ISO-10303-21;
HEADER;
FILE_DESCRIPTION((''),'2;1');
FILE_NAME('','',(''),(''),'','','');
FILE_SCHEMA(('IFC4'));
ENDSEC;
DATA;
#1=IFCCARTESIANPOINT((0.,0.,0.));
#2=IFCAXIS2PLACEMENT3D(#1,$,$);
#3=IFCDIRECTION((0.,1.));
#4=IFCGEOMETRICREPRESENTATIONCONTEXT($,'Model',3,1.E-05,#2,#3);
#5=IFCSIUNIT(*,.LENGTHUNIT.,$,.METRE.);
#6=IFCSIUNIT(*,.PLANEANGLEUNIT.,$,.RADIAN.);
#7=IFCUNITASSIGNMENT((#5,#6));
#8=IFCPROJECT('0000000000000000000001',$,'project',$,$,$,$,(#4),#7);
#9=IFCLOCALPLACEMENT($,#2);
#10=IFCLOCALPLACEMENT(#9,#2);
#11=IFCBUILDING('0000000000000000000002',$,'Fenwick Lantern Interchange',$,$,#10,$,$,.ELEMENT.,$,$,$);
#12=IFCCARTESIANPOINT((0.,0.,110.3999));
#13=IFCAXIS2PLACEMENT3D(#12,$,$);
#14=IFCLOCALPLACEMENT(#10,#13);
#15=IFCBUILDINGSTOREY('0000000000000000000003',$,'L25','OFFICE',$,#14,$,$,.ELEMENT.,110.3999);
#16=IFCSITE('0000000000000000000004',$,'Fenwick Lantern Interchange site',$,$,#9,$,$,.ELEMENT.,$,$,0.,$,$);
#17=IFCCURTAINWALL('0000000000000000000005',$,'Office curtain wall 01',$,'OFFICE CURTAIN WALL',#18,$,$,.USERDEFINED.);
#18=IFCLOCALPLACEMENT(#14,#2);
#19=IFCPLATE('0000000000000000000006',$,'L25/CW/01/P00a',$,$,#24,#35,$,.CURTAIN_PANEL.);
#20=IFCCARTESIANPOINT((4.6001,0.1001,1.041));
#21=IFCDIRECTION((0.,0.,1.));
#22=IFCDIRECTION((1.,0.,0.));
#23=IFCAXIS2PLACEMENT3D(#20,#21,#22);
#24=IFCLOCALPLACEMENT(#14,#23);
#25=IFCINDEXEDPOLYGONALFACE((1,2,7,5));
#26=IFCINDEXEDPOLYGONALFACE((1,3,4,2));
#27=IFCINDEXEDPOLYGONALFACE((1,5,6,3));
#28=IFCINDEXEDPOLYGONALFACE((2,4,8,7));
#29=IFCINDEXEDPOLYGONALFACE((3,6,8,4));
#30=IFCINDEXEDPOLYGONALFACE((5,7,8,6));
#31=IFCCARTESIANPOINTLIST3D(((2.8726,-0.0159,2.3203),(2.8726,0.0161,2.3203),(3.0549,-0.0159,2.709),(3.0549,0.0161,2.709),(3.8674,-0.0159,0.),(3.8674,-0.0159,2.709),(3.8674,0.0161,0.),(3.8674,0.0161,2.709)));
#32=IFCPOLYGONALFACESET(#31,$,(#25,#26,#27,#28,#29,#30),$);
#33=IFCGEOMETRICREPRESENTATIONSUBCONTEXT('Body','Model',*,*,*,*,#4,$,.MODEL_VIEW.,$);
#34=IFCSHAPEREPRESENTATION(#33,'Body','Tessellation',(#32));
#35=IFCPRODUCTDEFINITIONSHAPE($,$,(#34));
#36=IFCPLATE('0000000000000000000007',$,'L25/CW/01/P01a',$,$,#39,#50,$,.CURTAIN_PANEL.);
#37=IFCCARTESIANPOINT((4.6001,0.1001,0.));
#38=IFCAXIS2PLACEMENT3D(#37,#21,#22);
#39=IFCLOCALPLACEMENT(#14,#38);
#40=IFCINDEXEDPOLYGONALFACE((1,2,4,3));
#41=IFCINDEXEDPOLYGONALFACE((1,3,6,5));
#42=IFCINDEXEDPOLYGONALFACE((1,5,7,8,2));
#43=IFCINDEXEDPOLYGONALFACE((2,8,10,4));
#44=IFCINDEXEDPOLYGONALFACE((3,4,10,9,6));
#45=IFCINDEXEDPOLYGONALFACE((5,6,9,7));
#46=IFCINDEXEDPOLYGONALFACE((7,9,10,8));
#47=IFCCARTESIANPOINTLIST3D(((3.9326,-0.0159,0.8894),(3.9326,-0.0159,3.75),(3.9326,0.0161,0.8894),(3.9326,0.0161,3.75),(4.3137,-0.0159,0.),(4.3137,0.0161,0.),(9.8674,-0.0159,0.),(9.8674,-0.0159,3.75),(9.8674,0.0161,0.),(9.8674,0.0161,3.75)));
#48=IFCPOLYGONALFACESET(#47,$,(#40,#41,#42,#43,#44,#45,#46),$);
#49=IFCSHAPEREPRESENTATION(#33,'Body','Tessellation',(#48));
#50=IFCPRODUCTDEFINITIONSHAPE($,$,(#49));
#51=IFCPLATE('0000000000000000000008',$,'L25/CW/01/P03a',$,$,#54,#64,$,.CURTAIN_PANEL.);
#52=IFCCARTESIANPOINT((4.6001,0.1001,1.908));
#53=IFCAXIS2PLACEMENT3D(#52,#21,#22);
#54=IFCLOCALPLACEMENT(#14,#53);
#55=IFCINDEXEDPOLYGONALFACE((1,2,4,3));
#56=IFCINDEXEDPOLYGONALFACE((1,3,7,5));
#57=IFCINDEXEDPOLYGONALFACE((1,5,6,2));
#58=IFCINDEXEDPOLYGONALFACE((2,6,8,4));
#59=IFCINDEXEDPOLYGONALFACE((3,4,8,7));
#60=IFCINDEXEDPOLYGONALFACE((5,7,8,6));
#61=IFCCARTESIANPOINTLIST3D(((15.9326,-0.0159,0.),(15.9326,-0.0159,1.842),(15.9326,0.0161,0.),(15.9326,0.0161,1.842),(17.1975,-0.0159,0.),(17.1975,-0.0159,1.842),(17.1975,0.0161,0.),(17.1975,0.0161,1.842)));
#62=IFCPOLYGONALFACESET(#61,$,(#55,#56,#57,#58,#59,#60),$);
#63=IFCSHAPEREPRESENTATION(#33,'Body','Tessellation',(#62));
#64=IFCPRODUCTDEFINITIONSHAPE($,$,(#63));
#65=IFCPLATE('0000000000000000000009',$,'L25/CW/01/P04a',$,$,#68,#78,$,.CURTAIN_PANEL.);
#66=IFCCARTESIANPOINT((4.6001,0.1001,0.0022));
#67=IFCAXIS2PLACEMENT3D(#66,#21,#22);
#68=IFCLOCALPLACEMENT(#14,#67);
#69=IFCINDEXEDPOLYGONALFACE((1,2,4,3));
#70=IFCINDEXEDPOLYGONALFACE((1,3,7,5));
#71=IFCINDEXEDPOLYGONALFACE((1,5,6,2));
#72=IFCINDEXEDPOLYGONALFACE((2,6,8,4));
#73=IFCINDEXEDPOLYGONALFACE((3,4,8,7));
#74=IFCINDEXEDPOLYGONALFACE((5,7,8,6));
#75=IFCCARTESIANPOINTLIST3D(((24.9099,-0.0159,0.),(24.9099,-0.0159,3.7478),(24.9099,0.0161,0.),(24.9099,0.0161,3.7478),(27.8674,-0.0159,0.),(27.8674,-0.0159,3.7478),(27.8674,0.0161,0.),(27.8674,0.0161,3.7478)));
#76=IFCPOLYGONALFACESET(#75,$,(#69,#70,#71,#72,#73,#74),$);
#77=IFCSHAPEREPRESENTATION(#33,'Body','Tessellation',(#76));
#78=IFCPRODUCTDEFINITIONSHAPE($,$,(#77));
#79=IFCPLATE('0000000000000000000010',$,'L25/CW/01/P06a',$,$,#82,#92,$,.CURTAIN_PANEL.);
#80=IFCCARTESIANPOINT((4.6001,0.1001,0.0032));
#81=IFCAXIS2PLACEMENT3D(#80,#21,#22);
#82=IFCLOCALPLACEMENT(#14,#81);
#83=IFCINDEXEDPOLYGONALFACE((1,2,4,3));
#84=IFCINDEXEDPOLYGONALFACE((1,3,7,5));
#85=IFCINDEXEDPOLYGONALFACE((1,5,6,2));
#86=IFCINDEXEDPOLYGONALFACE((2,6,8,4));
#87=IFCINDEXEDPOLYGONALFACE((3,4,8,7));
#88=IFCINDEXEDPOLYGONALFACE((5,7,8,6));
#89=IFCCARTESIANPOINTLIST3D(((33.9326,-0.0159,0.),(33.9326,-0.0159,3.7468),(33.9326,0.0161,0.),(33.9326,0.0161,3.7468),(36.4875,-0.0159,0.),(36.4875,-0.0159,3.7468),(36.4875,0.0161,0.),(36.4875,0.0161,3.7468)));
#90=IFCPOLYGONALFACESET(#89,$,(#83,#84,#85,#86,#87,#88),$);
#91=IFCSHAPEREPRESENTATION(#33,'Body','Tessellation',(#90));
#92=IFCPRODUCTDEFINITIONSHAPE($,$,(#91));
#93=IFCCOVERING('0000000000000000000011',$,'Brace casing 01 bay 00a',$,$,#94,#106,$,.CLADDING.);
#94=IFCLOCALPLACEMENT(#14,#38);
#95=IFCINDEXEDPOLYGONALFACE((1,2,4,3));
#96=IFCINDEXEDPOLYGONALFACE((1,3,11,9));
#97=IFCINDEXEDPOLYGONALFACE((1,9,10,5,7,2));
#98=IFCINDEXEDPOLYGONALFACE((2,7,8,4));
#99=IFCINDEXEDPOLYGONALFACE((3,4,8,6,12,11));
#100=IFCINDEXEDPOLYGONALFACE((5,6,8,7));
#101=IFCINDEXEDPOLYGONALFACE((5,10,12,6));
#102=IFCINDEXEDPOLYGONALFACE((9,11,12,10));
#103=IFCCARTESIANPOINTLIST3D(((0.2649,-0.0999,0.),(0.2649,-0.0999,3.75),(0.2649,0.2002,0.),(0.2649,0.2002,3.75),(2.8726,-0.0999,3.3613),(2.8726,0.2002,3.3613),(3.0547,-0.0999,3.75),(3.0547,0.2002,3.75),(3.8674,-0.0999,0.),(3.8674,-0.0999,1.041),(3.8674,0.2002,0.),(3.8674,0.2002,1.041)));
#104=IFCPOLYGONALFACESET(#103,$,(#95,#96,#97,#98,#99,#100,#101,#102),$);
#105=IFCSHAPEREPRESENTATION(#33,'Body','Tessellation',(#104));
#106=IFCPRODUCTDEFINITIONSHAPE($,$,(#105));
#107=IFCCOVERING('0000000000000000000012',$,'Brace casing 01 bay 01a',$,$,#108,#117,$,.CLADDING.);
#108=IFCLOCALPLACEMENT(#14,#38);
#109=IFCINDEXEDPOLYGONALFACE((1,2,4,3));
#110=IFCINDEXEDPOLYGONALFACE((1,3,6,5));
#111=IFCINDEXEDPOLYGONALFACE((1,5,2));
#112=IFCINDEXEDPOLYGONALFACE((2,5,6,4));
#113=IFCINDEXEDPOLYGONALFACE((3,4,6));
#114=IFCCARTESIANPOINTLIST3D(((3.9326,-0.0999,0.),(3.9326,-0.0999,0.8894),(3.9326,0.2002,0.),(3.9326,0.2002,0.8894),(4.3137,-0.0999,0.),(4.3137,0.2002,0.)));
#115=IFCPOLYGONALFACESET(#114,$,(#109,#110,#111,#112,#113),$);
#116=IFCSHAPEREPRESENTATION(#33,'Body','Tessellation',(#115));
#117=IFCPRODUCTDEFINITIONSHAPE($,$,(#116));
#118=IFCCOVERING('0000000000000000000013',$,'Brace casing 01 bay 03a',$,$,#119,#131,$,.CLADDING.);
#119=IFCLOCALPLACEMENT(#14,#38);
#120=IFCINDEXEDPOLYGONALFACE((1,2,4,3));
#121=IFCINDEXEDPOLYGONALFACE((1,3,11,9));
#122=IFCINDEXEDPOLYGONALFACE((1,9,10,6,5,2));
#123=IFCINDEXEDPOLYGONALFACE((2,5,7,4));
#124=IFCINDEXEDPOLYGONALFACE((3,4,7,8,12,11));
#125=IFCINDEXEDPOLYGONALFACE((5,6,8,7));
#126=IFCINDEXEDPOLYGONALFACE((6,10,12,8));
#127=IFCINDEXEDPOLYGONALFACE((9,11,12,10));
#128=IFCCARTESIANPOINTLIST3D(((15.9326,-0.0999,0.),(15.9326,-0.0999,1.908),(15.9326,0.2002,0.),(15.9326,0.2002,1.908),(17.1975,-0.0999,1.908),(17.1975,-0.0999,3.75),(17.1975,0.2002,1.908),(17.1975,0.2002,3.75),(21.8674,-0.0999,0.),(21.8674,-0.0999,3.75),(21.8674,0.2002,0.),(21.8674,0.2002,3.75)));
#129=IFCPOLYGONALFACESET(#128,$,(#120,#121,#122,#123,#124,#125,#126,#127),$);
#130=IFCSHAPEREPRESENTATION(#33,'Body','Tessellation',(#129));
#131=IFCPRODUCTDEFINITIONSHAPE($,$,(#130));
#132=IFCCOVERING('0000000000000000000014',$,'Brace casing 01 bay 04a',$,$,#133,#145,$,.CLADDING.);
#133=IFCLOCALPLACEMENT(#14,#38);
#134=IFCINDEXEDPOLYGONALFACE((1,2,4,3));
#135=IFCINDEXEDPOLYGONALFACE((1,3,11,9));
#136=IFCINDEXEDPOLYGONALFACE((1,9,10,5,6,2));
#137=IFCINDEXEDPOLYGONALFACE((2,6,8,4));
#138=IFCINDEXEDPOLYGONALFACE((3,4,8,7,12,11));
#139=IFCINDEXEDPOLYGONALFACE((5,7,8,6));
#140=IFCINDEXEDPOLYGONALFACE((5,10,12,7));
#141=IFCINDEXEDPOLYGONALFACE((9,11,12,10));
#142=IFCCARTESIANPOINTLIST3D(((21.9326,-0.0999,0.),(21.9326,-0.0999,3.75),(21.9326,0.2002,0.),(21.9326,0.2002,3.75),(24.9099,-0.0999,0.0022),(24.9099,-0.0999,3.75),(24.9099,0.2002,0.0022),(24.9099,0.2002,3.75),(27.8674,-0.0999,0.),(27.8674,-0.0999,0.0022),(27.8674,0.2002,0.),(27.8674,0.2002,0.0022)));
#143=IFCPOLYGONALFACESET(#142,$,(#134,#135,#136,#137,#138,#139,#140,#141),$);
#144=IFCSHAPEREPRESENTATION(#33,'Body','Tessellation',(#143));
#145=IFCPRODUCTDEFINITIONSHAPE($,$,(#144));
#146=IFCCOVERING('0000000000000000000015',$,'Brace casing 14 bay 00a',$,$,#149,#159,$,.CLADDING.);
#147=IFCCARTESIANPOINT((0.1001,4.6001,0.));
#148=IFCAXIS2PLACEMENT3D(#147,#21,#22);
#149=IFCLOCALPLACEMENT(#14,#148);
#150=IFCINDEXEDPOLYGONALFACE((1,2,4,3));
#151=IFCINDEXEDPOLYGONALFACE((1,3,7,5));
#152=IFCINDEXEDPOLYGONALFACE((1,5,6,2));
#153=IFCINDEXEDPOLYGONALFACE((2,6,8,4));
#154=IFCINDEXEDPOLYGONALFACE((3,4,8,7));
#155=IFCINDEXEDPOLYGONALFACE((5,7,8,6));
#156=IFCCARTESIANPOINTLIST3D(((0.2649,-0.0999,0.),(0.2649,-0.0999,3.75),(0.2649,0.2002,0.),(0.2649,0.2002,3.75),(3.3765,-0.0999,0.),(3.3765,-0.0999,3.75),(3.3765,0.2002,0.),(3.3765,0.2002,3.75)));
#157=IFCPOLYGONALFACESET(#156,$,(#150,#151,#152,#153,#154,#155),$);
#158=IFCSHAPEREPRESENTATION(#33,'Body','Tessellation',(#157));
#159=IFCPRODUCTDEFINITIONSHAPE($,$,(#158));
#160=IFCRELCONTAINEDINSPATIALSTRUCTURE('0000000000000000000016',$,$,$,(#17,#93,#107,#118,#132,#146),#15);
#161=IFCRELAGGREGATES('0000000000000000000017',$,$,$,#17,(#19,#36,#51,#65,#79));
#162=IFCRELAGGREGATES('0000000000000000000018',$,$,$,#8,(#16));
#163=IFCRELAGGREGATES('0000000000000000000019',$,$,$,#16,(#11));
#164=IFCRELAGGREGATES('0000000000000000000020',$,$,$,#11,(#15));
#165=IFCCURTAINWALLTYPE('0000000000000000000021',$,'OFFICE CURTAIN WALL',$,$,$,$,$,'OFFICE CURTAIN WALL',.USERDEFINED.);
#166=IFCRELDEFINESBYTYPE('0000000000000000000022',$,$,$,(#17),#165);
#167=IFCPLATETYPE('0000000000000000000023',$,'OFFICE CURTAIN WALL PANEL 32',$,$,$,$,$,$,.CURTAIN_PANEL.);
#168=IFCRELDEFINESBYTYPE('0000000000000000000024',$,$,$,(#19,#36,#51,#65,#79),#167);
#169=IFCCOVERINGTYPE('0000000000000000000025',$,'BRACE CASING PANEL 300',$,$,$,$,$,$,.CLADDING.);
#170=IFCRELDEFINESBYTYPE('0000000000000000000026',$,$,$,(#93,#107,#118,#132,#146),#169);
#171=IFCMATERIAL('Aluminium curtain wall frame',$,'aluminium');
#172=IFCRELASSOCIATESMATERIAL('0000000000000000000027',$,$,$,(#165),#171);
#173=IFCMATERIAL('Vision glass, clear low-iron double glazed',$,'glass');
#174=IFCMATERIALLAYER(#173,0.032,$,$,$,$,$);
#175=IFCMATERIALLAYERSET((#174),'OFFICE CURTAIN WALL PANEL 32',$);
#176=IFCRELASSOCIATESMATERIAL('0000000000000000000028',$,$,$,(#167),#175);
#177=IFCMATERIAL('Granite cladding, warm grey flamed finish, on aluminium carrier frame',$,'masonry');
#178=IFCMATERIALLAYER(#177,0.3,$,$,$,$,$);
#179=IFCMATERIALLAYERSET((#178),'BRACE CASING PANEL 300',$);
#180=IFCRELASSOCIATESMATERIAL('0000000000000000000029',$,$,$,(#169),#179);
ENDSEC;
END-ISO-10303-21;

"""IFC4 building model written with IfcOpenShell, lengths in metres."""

from ifc_helpers import new_model, si_unit, direction, frame, origin, place, context, subcontext, project, spatial, polyline, outline, extrude, material, layer, layer_set, type_object, element, aggregate, save


model = new_model("IFC4")

# Units and contexts
model_context = context("Model", 3, precision=1e-05, world=origin(), true_north=direction((0.0, 1.0)))
body_context = subcontext(model_context, "Body", "Model", "MODEL_VIEW")
ifc_project = project(units=[si_unit("LENGTHUNIT", "METRE"), si_unit("PLANEANGLEUNIT", "RADIAN")], contexts=[model_context])

# Site, building, storey
site_placement = place(None, origin())
site = spatial("IfcSite", under=ifc_project, at=site_placement, Name="Fenwick Lantern Interchange site", CompositionType="ELEMENT", RefElevation=0.0)
building_placement = place(site_placement, origin())
building = spatial("IfcBuilding", under=site, at=building_placement, Name="Fenwick Lantern Interchange", CompositionType="ELEMENT")
storey_placement = place(building_placement, frame((0.0, 0.0, 110.3999)))
storey = spatial("IfcBuildingStorey", under=building, at=storey_placement, Name="L25", Description="OFFICE", CompositionType="ELEMENT", Elevation=110.3999)

# Shared definitions
ifc_material_1 = material(Name="Aluminium curtain wall frame", Category="aluminium")
curtain_wall_type = type_object("IfcCurtainWallType", Name="OFFICE CURTAIN WALL", ElementType="OFFICE CURTAIN WALL", PredefinedType="USERDEFINED", material=ifc_material_1)

# Curtain wall, plates
curtain_wall_1_placement = place(storey_placement, origin())
curtain_wall_1 = element("IfcCurtainWall", 1, at=curtain_wall_1_placement, inside=storey, type_object=curtain_wall_type, Name="Office curtain wall 01", ObjectType="OFFICE CURTAIN WALL", PredefinedType="USERDEFINED")
ifc_material_2 = material(Name="Vision glass, clear low-iron double glazed", Category="glass")
ifc_layer_1 = layer(ifc_material_2, 0.032)
ifc_layer_set_1 = layer_set([ifc_layer_1], Name="OFFICE CURTAIN WALL PANEL 32")
plate_type = type_object("IfcPlateType", Name="OFFICE CURTAIN WALL PANEL 32", PredefinedType="CURTAIN_PANEL", material=ifc_layer_set_1)
plate_1_placement = place(storey_placement, frame((4.6001, 0.1001, 1.041), z_axis=(0.0, 0.0, 1.0), x_axis=(1.0, 0.0, 0.0)))
plate_1 = element("IfcPlate", 2, at=plate_1_placement, type_object=plate_type, Name="L25/CW/01/P00a", PredefinedType="CURTAIN_PANEL", context=body_context, shape_type="SweptSolid", body=[
    extrude(outline(polyline([(3.8674, 0.0), (3.8674, 2.709), (3.0549, 2.709), (2.8726, 2.3203), (3.8674, 0.0)])), frame((0.0, 0.0161, 0.0), z_axis=(0.0, -1.0, 0.0), x_axis=(1.0, 0.0, 0.0)), (0.0, 0.0, 1.0), 0.032),
])
plate_2_placement = place(storey_placement, frame((4.6001, 0.1001, 0.0), z_axis=(0.0, 0.0, 1.0), x_axis=(1.0, 0.0, 0.0)))
plate_2 = element("IfcPlate", 3, at=plate_2_placement, type_object=plate_type, Name="L25/CW/01/P01a", PredefinedType="CURTAIN_PANEL", context=body_context, shape_type="SweptSolid", body=[
    extrude(outline(polyline([(4.3137, 0.0), (9.8674, 0.0), (9.8674, 3.75), (3.9326, 3.75), (3.9326, 0.8894), (4.3137, 0.0)])), frame((0.0, 0.0161, 0.0), z_axis=(0.0, -1.0, 0.0), x_axis=(1.0, 0.0, 0.0)), (0.0, 0.0, 1.0), 0.032),
])
plate_3_placement = place(storey_placement, frame((4.6001, 0.1001, 1.908), z_axis=(0.0, 0.0, 1.0), x_axis=(1.0, 0.0, 0.0)))
plate_3 = element("IfcPlate", 4, at=plate_3_placement, type_object=plate_type, Name="L25/CW/01/P03a", PredefinedType="CURTAIN_PANEL", context=body_context, shape_type="SweptSolid", body=[
    extrude(outline(polyline([(15.9326, 0.0), (17.1975, 0.0), (17.1975, 1.842), (15.9326, 1.842), (15.9326, 0.0)])), frame((0.0, 0.0161, 0.0), z_axis=(0.0, -1.0, 0.0), x_axis=(1.0, 0.0, 0.0)), (0.0, 0.0, 1.0), 0.032),
])
plate_4_placement = place(storey_placement, frame((4.6001, 0.1001, 0.0022), z_axis=(0.0, 0.0, 1.0), x_axis=(1.0, 0.0, 0.0)))
plate_4 = element("IfcPlate", 5, at=plate_4_placement, type_object=plate_type, Name="L25/CW/01/P04a", PredefinedType="CURTAIN_PANEL", context=body_context, shape_type="SweptSolid", body=[
    extrude(outline(polyline([(24.9099, 0.0), (27.8674, 0.0), (27.8674, 3.7478), (24.9099, 3.7478), (24.9099, 0.0)])), frame((0.0, 0.0161, 0.0), z_axis=(0.0, -1.0, 0.0), x_axis=(1.0, 0.0, 0.0)), (0.0, 0.0, 1.0), 0.032),
])
plate_5_placement = place(storey_placement, frame((4.6001, 0.1001, 0.0032), z_axis=(0.0, 0.0, 1.0), x_axis=(1.0, 0.0, 0.0)))
plate_5 = element("IfcPlate", 6, at=plate_5_placement, type_object=plate_type, Name="L25/CW/01/P06a", PredefinedType="CURTAIN_PANEL", context=body_context, shape_type="SweptSolid", body=[
    extrude(outline(polyline([(33.9326, 0.0), (36.4875, 0.0), (36.4875, 3.7468), (33.9326, 3.7468), (33.9326, 0.0)])), frame((0.0, 0.0161, 0.0), z_axis=(0.0, -1.0, 0.0), x_axis=(1.0, 0.0, 0.0)), (0.0, 0.0, 1.0), 0.032),
])
aggregate(curtain_wall_1, [plate_1, plate_2, plate_3, plate_4, plate_5])

# Coverings
ifc_material_3 = material(Name="Granite cladding, warm grey flamed finish, on aluminium carrier frame", Category="masonry")
ifc_layer_2 = layer(ifc_material_3, 0.3)
ifc_layer_set_2 = layer_set([ifc_layer_2], Name="BRACE CASING PANEL 300")
covering_type_1 = type_object("IfcCoveringType", Name="BRACE CASING PANEL 300", PredefinedType="CLADDING", material=ifc_layer_set_2)
covering_1_placement = place(storey_placement, frame((4.6001, 0.1001, 0.0), z_axis=(0.0, 0.0, 1.0), x_axis=(1.0, 0.0, 0.0)))
element("IfcCovering", 7, at=covering_1_placement, inside=storey, type_object=covering_type_1, Name="Brace casing 01 bay 00a", PredefinedType="CLADDING", context=body_context, shape_type="SweptSolid", body=[
    extrude(outline(polyline([(0.2649, 0.0), (3.8674, 0.0), (3.8674, 1.041), (2.8726, 3.3613), (3.0547, 3.75), (0.2649, 3.75), (0.2649, 0.0)])), frame((0.0, 0.2002, 0.0), z_axis=(0.0, -1.0, 0.0), x_axis=(1.0, 0.0, 0.0)), (0.0, 0.0, 1.0), 0.3),
])
covering_2_placement = place(storey_placement, frame((4.6001, 0.1001, 0.0), z_axis=(0.0, 0.0, 1.0), x_axis=(1.0, 0.0, 0.0)))
element("IfcCovering", 8, at=covering_2_placement, inside=storey, type_object=covering_type_1, Name="Brace casing 01 bay 01a", PredefinedType="CLADDING", context=body_context, shape_type="SweptSolid", body=[
    extrude(outline(polyline([(3.9326, 0.0), (4.3137, 0.0), (3.9326, 0.8894), (3.9326, 0.0)])), frame((0.0, 0.2002, 0.0), z_axis=(0.0, -1.0, 0.0), x_axis=(1.0, 0.0, 0.0)), (0.0, 0.0, 1.0), 0.3),
])
covering_3_placement = place(storey_placement, frame((4.6001, 0.1001, 0.0), z_axis=(0.0, 0.0, 1.0), x_axis=(1.0, 0.0, 0.0)))
element("IfcCovering", 9, at=covering_3_placement, inside=storey, type_object=covering_type_1, Name="Brace casing 01 bay 03a", PredefinedType="CLADDING", context=body_context, shape_type="SweptSolid", body=[
    extrude(outline(polyline([(15.9326, 0.0), (21.8674, 0.0), (21.8674, 3.75), (17.1975, 3.75), (17.1975, 1.908), (15.9326, 1.908), (15.9326, 0.0)])), frame((0.0, 0.2002, 0.0), z_axis=(0.0, -1.0, 0.0), x_axis=(1.0, 0.0, 0.0)), (0.0, 0.0, 1.0), 0.3),
])
covering_4_placement = place(storey_placement, frame((4.6001, 0.1001, 0.0), z_axis=(0.0, 0.0, 1.0), x_axis=(1.0, 0.0, 0.0)))
element("IfcCovering", 10, at=covering_4_placement, inside=storey, type_object=covering_type_1, Name="Brace casing 01 bay 04a", PredefinedType="CLADDING", context=body_context, shape_type="SweptSolid", body=[
    extrude(outline(polyline([(21.9326, 0.0), (27.8674, 0.0), (27.8674, 0.0022), (24.9099, 0.0022), (24.9099, 3.75), (21.9326, 3.75), (21.9326, 0.0)])), frame((0.0, 0.2002, 0.0), z_axis=(0.0, -1.0, 0.0), x_axis=(1.0, 0.0, 0.0)), (0.0, 0.0, 1.0), 0.3),
])
covering_5_placement = place(storey_placement, frame((0.1001, 4.6001, 0.0), z_axis=(0.0, 0.0, 1.0), x_axis=(1.0, 0.0, 0.0)))
element("IfcCovering", 11, at=covering_5_placement, inside=storey, type_object=covering_type_1, Name="Brace casing 14 bay 00a", PredefinedType="CLADDING", context=body_context, shape_type="SweptSolid", body=[
    extrude(outline(polyline([(0.2649, 0.0), (3.3765, 0.0), (3.3765, 3.75), (0.2649, 3.75), (0.2649, 0.0)])), frame((0.0, 0.2002, 0.0), z_axis=(0.0, -1.0, 0.0), x_axis=(1.0, 0.0, 0.0)), (0.0, 0.0, 1.0), 0.3),
])

save(model, "model.ifc")
